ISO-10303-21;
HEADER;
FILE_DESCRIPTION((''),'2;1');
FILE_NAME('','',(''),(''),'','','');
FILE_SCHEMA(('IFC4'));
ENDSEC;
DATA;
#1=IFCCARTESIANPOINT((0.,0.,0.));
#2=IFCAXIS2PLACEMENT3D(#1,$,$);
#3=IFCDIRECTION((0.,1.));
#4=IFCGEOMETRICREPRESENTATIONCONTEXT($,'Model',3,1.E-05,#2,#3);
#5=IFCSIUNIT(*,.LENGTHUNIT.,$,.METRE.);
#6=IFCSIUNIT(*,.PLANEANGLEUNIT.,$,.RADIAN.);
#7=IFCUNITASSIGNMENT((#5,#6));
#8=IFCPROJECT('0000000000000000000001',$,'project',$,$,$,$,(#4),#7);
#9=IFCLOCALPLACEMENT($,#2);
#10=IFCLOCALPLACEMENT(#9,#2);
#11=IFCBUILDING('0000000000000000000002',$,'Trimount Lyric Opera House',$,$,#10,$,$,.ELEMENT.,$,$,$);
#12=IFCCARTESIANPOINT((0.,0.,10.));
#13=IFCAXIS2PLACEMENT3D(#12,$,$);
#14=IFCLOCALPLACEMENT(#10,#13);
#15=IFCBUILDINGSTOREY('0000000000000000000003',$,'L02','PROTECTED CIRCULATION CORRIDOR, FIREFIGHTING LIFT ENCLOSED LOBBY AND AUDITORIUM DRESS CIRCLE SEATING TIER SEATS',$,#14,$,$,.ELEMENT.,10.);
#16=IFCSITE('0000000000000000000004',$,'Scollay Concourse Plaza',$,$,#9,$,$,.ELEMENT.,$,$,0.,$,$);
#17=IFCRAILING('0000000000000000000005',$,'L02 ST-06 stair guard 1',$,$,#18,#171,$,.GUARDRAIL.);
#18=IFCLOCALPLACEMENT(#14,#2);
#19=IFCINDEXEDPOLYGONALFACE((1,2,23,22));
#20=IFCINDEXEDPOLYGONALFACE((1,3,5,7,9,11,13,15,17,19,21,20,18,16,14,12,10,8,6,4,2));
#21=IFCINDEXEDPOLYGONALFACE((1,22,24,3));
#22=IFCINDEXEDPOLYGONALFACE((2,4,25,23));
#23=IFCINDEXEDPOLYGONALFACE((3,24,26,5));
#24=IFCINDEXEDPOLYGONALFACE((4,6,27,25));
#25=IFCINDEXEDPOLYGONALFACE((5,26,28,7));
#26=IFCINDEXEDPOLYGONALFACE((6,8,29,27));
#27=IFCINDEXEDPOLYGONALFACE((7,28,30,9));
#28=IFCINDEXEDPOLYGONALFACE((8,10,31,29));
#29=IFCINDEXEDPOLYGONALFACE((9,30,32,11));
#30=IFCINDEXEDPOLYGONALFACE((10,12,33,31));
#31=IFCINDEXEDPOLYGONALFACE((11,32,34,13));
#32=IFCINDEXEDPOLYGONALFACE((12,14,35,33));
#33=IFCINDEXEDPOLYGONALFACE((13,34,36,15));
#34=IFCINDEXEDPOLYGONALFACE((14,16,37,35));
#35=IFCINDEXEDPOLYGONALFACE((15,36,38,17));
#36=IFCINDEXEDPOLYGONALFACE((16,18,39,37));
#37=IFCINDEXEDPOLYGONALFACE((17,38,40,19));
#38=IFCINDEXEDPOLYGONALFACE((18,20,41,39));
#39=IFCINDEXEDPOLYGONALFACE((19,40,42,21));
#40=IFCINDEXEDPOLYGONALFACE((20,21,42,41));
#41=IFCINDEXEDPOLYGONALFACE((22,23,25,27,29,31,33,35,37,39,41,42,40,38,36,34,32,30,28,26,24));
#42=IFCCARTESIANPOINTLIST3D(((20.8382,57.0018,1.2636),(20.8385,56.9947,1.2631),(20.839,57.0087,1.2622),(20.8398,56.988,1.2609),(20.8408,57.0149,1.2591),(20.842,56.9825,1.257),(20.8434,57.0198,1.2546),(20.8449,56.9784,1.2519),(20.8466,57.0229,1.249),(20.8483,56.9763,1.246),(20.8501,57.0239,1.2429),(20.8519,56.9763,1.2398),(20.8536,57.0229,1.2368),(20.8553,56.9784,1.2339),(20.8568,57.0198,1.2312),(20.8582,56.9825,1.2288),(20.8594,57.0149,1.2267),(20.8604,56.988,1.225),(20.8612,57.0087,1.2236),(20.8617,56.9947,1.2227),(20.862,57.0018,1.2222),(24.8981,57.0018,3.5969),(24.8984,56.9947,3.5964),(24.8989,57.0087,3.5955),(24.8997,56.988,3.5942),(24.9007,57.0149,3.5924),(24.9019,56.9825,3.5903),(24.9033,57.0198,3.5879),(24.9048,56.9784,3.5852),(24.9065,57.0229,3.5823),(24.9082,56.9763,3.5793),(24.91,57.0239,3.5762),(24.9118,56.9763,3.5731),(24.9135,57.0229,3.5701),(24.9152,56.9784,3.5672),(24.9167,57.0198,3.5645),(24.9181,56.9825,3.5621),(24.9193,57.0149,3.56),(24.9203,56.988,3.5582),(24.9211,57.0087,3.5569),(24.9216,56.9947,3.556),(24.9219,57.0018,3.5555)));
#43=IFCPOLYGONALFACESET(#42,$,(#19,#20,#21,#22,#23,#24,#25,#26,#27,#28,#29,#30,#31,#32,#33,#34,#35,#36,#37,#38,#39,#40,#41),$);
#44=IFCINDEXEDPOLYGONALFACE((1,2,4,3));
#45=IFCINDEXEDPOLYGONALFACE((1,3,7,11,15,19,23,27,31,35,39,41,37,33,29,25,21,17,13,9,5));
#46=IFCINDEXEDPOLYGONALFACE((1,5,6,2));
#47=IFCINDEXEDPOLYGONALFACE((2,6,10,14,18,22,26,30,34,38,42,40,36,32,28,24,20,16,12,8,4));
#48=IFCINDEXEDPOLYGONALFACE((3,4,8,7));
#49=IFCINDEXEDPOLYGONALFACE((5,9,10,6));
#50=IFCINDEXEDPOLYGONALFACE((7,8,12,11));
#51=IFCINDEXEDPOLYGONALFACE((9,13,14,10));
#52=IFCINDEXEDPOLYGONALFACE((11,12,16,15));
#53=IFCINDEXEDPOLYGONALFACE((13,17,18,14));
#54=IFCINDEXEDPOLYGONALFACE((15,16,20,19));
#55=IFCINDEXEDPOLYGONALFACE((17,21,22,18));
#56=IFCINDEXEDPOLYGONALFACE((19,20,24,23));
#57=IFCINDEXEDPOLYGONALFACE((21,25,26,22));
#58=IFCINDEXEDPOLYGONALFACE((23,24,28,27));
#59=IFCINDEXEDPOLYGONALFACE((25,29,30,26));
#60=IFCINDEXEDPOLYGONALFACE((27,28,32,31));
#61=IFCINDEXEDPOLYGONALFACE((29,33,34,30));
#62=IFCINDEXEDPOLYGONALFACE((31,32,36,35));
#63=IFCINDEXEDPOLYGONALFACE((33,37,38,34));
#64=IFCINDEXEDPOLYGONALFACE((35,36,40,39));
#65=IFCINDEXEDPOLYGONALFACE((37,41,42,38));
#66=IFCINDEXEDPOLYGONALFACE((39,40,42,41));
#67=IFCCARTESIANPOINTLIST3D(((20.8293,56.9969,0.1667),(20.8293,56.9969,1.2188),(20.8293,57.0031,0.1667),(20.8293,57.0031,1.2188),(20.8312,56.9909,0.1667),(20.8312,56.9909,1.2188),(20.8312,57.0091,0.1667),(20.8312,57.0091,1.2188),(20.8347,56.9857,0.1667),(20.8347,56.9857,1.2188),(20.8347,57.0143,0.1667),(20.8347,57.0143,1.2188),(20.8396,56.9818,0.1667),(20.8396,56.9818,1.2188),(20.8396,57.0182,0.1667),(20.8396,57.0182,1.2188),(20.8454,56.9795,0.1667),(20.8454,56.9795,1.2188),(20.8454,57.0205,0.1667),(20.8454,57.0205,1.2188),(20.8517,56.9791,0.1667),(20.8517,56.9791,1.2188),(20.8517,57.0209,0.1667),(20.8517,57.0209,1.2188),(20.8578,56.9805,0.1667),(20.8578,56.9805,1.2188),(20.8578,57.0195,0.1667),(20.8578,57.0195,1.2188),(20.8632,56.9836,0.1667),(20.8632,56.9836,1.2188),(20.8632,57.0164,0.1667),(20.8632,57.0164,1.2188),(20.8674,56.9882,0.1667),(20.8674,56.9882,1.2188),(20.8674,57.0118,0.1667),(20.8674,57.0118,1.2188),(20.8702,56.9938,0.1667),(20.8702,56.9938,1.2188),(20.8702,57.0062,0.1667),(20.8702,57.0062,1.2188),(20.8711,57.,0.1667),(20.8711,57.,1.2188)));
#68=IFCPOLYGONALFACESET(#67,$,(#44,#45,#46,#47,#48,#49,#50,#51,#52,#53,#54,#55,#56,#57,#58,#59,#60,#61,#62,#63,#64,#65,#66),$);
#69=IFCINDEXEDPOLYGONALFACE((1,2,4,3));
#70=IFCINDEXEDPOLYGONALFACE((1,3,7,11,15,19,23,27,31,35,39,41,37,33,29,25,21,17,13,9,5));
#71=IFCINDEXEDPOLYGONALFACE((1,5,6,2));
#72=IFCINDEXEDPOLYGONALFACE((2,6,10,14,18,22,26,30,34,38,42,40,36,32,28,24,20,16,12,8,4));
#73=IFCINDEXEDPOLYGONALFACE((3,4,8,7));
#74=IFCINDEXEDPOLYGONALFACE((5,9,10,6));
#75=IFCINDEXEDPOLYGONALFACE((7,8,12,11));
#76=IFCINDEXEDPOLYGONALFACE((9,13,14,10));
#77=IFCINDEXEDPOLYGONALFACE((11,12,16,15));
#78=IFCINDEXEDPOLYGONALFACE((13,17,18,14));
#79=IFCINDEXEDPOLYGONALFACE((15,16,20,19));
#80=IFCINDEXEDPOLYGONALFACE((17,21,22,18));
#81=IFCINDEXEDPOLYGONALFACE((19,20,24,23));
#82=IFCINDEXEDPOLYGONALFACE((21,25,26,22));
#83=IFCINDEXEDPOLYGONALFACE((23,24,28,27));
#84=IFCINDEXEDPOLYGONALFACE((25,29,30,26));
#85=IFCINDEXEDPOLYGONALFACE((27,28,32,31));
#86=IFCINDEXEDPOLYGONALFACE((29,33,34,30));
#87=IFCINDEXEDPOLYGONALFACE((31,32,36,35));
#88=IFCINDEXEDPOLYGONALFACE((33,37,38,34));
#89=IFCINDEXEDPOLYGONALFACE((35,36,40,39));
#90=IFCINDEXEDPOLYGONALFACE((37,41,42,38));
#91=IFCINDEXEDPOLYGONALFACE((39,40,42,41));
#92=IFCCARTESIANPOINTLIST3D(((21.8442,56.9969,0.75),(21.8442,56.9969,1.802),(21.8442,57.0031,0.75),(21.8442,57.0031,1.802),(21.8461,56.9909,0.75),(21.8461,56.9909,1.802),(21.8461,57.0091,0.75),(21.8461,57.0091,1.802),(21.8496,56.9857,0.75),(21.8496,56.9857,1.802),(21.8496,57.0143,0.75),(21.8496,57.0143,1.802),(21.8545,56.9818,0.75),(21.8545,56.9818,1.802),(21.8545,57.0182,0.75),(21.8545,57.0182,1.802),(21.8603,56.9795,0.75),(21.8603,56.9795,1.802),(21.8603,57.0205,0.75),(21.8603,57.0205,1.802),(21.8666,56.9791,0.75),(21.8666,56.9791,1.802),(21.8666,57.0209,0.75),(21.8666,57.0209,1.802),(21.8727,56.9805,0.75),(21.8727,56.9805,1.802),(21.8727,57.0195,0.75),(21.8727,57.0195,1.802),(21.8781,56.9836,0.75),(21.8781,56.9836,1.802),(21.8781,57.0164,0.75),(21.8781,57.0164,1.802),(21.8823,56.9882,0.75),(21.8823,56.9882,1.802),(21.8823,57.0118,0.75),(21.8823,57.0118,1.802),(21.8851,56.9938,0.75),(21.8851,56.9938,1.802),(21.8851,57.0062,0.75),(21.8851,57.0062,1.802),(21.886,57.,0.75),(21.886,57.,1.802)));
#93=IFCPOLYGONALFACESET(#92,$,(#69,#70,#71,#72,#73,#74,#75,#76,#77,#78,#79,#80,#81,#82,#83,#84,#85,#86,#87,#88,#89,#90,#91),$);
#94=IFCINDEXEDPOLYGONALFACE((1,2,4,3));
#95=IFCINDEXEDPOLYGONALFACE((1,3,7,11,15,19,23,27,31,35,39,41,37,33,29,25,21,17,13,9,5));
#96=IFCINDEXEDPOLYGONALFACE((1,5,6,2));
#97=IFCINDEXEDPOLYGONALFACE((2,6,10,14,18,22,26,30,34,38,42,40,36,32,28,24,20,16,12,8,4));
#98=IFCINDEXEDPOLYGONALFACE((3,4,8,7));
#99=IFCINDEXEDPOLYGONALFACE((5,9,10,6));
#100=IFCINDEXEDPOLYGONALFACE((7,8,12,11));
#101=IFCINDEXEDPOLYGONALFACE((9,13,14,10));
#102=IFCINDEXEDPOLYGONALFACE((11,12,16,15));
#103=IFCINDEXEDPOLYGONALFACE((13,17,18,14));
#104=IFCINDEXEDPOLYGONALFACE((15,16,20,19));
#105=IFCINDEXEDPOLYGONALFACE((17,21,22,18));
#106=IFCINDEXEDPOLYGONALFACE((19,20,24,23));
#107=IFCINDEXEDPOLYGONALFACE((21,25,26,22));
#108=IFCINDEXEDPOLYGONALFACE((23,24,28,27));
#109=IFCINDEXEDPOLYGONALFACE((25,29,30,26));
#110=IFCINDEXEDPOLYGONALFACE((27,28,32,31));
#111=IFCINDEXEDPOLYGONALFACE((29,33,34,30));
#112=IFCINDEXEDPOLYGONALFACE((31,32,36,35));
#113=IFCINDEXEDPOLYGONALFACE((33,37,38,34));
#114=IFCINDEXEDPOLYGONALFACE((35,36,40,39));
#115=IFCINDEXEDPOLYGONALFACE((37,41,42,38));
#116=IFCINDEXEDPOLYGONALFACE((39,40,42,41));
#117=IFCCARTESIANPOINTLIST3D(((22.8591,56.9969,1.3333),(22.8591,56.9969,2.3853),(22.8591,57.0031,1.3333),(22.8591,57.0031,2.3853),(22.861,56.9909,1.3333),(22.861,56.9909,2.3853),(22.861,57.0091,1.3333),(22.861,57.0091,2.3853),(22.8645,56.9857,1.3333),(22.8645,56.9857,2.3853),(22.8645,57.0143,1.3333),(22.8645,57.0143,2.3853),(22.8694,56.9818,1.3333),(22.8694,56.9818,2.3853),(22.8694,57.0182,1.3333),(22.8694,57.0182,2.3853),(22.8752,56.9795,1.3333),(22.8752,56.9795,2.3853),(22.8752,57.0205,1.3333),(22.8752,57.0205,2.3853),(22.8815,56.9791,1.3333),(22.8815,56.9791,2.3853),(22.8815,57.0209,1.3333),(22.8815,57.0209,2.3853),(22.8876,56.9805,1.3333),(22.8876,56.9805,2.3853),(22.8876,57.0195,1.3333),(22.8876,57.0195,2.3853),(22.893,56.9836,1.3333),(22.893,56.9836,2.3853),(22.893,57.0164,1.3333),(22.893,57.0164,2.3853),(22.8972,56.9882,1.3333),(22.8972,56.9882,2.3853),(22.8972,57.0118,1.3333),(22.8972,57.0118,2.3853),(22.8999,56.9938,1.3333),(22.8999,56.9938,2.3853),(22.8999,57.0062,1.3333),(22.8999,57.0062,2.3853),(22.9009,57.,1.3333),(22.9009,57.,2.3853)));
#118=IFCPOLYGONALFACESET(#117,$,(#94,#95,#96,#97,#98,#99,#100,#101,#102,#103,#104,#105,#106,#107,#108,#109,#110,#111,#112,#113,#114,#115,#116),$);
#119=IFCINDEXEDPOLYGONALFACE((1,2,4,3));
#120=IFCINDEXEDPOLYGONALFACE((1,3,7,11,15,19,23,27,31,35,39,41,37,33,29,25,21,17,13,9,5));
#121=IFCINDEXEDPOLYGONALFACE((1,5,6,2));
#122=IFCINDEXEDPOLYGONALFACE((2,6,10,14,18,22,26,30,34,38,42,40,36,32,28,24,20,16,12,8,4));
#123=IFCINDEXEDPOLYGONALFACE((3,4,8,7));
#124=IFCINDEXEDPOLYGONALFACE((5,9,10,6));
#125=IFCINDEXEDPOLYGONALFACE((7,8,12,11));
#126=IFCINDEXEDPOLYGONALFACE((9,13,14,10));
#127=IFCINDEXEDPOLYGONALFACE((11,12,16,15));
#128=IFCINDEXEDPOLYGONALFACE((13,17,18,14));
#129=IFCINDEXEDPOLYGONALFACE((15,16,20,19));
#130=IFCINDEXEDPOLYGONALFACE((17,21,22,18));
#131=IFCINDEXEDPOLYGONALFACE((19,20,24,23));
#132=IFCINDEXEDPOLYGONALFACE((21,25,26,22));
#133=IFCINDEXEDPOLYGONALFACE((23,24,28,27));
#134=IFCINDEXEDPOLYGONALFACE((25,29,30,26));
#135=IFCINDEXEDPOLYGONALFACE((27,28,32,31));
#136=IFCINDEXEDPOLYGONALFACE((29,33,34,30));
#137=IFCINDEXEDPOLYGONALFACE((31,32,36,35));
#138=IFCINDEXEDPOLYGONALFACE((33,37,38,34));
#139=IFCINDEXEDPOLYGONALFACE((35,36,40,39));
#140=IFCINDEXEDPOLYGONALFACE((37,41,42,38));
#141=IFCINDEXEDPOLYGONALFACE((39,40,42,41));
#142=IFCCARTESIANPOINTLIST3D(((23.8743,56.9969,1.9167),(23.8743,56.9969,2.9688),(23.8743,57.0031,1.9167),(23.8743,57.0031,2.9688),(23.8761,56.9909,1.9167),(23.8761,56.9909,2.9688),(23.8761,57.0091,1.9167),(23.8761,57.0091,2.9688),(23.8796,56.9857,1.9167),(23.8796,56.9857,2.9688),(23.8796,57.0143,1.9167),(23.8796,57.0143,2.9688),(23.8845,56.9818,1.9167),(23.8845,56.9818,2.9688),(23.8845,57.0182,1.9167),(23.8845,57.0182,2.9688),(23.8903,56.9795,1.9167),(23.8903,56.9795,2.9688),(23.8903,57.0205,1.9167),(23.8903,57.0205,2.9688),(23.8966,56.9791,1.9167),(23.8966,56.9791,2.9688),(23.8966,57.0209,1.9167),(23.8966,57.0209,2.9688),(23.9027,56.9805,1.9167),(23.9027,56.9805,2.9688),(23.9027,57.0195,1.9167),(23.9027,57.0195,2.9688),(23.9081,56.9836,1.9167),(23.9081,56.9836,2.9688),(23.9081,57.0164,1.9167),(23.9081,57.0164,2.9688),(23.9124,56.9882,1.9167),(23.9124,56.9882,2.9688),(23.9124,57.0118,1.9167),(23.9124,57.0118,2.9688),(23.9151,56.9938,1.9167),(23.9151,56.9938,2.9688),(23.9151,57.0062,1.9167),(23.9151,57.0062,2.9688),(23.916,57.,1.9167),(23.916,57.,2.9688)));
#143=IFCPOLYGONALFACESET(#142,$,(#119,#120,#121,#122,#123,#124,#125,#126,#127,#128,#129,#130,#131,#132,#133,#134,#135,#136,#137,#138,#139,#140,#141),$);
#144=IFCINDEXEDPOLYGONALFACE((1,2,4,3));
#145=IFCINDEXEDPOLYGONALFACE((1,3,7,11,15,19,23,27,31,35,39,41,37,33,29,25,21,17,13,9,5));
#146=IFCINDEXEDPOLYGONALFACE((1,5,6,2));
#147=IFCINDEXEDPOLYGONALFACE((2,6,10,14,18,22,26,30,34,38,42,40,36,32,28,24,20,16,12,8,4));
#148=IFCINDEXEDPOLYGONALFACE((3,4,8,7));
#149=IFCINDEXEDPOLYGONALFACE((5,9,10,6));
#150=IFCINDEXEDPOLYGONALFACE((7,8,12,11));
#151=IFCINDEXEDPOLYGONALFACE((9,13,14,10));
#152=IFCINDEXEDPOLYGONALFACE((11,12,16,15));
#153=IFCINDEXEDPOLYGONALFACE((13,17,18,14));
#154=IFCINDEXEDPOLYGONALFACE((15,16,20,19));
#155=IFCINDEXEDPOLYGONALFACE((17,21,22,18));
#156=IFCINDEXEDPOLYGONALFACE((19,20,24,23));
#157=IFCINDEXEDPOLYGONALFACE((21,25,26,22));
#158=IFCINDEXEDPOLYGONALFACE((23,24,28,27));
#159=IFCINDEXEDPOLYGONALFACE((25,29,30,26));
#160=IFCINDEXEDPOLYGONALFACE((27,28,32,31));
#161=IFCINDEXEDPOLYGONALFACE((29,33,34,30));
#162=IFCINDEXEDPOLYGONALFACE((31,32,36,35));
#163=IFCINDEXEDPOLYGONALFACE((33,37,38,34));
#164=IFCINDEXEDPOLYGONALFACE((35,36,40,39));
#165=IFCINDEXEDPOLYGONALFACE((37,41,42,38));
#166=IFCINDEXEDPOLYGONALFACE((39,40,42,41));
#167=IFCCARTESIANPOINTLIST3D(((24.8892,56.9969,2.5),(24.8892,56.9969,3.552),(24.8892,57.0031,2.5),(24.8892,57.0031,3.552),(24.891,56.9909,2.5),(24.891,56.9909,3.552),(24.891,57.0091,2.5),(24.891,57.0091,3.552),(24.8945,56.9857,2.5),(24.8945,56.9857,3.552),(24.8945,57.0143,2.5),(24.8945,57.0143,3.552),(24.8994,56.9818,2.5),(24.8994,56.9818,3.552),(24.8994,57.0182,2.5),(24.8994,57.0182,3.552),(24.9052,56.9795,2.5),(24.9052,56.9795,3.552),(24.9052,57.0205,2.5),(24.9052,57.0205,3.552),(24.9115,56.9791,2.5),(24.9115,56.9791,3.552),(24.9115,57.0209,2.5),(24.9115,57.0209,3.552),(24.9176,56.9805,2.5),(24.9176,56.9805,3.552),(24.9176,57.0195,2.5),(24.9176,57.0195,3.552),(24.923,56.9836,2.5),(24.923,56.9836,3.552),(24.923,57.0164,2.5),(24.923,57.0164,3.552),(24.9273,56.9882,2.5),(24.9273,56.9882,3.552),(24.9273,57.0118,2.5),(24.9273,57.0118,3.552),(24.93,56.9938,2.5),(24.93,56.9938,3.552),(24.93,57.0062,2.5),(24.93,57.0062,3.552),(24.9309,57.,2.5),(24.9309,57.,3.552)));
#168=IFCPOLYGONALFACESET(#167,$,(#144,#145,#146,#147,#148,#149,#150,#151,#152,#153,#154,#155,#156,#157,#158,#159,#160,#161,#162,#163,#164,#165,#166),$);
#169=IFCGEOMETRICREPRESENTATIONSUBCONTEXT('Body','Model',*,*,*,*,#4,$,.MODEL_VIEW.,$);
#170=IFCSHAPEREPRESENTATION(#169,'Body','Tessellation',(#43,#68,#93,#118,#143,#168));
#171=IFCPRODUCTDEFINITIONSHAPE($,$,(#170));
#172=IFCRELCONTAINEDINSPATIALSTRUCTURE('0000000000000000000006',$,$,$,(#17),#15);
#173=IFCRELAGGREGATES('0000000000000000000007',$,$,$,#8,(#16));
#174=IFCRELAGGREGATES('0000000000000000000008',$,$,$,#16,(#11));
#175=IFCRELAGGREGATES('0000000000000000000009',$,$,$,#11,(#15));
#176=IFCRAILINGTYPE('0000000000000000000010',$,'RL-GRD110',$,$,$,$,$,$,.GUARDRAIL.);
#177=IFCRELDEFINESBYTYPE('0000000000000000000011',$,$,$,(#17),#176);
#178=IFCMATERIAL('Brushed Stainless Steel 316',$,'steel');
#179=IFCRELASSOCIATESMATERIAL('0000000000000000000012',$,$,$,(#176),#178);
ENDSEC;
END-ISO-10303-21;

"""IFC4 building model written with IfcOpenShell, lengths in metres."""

from ifc_helpers import new_model, si_unit, direction, frame, origin, origin_2d, place, context, subcontext, project, spatial, circle, extrude, material, type_object, element, save


model = new_model("IFC4")

# Units and contexts
model_context = context("Model", 3, precision=1e-05, world=origin(), true_north=direction((0.0, 1.0)))
body_context = subcontext(model_context, "Body", "Model", "MODEL_VIEW")
ifc_project = project(units=[si_unit("LENGTHUNIT", "METRE"), si_unit("PLANEANGLEUNIT", "RADIAN")], contexts=[model_context])

# Site, building, storey
site_placement = place(None, origin())
site = spatial("IfcSite", under=ifc_project, at=site_placement, Name="Scollay Concourse Plaza", CompositionType="ELEMENT", RefElevation=0.0)
building_placement = place(site_placement, origin())
building = spatial("IfcBuilding", under=site, at=building_placement, Name="Trimount Lyric Opera House", CompositionType="ELEMENT")
storey_placement = place(building_placement, frame((0.0, 0.0, 10.0)))
storey = spatial("IfcBuildingStorey", under=building, at=storey_placement, Name="L02", Description="PROTECTED CIRCULATION CORRIDOR, FIREFIGHTING LIFT ENCLOSED LOBBY AND AUDITORIUM DRESS CIRCLE SEATING TIER SEATS", CompositionType="ELEMENT", Elevation=10.0)

# Railing
ifc_material_1 = material(Name="Brushed Stainless Steel 316", Category="steel")
railing_type_1 = type_object("IfcRailingType", Name="RL-GRD110", PredefinedType="GUARDRAIL", material=ifc_material_1)
railing_1_placement = place(storey_placement, frame((20.8501, 57.0, 0.1667)))
element("IfcRailing", 1, at=railing_1_placement, inside=storey, type_object=railing_type_1, Name="L02 ST-06 stair guard 1", PredefinedType="GUARDRAIL", context=body_context, shape_type="SweptSolid", body=[
    extrude(circle(Radius=0.0239, at=origin_2d()), frame((0.0, 0.0, 1.0762), z_axis=(0.867012, 0.0, 0.498288), x_axis=(0.0, 1.0, 0.0)), (0.0, 0.0, 1.0), 4.6826),
    extrude(circle(Radius=0.021, at=origin_2d()), origin(), (0.0, 0.0, 1.0), 1.052),
    extrude(circle(Radius=0.021, at=origin_2d()), frame((1.0149, 0.0, 0.5833)), (0.0, 0.0, 1.0), 1.052),
    extrude(circle(Radius=0.021, at=origin_2d()), frame((2.0298, 0.0, 1.1665)), (0.0, 0.0, 1.0), 1.052),
    extrude(circle(Radius=0.021, at=origin_2d()), frame((3.0449, 0.0, 1.75)), (0.0, 0.0, 1.0), 1.052),
    extrude(circle(Radius=0.021, at=origin_2d()), frame((4.0598, 0.0, 2.3333)), (0.0, 0.0, 1.0), 1.052),
])

save(model, "model.ifc")
